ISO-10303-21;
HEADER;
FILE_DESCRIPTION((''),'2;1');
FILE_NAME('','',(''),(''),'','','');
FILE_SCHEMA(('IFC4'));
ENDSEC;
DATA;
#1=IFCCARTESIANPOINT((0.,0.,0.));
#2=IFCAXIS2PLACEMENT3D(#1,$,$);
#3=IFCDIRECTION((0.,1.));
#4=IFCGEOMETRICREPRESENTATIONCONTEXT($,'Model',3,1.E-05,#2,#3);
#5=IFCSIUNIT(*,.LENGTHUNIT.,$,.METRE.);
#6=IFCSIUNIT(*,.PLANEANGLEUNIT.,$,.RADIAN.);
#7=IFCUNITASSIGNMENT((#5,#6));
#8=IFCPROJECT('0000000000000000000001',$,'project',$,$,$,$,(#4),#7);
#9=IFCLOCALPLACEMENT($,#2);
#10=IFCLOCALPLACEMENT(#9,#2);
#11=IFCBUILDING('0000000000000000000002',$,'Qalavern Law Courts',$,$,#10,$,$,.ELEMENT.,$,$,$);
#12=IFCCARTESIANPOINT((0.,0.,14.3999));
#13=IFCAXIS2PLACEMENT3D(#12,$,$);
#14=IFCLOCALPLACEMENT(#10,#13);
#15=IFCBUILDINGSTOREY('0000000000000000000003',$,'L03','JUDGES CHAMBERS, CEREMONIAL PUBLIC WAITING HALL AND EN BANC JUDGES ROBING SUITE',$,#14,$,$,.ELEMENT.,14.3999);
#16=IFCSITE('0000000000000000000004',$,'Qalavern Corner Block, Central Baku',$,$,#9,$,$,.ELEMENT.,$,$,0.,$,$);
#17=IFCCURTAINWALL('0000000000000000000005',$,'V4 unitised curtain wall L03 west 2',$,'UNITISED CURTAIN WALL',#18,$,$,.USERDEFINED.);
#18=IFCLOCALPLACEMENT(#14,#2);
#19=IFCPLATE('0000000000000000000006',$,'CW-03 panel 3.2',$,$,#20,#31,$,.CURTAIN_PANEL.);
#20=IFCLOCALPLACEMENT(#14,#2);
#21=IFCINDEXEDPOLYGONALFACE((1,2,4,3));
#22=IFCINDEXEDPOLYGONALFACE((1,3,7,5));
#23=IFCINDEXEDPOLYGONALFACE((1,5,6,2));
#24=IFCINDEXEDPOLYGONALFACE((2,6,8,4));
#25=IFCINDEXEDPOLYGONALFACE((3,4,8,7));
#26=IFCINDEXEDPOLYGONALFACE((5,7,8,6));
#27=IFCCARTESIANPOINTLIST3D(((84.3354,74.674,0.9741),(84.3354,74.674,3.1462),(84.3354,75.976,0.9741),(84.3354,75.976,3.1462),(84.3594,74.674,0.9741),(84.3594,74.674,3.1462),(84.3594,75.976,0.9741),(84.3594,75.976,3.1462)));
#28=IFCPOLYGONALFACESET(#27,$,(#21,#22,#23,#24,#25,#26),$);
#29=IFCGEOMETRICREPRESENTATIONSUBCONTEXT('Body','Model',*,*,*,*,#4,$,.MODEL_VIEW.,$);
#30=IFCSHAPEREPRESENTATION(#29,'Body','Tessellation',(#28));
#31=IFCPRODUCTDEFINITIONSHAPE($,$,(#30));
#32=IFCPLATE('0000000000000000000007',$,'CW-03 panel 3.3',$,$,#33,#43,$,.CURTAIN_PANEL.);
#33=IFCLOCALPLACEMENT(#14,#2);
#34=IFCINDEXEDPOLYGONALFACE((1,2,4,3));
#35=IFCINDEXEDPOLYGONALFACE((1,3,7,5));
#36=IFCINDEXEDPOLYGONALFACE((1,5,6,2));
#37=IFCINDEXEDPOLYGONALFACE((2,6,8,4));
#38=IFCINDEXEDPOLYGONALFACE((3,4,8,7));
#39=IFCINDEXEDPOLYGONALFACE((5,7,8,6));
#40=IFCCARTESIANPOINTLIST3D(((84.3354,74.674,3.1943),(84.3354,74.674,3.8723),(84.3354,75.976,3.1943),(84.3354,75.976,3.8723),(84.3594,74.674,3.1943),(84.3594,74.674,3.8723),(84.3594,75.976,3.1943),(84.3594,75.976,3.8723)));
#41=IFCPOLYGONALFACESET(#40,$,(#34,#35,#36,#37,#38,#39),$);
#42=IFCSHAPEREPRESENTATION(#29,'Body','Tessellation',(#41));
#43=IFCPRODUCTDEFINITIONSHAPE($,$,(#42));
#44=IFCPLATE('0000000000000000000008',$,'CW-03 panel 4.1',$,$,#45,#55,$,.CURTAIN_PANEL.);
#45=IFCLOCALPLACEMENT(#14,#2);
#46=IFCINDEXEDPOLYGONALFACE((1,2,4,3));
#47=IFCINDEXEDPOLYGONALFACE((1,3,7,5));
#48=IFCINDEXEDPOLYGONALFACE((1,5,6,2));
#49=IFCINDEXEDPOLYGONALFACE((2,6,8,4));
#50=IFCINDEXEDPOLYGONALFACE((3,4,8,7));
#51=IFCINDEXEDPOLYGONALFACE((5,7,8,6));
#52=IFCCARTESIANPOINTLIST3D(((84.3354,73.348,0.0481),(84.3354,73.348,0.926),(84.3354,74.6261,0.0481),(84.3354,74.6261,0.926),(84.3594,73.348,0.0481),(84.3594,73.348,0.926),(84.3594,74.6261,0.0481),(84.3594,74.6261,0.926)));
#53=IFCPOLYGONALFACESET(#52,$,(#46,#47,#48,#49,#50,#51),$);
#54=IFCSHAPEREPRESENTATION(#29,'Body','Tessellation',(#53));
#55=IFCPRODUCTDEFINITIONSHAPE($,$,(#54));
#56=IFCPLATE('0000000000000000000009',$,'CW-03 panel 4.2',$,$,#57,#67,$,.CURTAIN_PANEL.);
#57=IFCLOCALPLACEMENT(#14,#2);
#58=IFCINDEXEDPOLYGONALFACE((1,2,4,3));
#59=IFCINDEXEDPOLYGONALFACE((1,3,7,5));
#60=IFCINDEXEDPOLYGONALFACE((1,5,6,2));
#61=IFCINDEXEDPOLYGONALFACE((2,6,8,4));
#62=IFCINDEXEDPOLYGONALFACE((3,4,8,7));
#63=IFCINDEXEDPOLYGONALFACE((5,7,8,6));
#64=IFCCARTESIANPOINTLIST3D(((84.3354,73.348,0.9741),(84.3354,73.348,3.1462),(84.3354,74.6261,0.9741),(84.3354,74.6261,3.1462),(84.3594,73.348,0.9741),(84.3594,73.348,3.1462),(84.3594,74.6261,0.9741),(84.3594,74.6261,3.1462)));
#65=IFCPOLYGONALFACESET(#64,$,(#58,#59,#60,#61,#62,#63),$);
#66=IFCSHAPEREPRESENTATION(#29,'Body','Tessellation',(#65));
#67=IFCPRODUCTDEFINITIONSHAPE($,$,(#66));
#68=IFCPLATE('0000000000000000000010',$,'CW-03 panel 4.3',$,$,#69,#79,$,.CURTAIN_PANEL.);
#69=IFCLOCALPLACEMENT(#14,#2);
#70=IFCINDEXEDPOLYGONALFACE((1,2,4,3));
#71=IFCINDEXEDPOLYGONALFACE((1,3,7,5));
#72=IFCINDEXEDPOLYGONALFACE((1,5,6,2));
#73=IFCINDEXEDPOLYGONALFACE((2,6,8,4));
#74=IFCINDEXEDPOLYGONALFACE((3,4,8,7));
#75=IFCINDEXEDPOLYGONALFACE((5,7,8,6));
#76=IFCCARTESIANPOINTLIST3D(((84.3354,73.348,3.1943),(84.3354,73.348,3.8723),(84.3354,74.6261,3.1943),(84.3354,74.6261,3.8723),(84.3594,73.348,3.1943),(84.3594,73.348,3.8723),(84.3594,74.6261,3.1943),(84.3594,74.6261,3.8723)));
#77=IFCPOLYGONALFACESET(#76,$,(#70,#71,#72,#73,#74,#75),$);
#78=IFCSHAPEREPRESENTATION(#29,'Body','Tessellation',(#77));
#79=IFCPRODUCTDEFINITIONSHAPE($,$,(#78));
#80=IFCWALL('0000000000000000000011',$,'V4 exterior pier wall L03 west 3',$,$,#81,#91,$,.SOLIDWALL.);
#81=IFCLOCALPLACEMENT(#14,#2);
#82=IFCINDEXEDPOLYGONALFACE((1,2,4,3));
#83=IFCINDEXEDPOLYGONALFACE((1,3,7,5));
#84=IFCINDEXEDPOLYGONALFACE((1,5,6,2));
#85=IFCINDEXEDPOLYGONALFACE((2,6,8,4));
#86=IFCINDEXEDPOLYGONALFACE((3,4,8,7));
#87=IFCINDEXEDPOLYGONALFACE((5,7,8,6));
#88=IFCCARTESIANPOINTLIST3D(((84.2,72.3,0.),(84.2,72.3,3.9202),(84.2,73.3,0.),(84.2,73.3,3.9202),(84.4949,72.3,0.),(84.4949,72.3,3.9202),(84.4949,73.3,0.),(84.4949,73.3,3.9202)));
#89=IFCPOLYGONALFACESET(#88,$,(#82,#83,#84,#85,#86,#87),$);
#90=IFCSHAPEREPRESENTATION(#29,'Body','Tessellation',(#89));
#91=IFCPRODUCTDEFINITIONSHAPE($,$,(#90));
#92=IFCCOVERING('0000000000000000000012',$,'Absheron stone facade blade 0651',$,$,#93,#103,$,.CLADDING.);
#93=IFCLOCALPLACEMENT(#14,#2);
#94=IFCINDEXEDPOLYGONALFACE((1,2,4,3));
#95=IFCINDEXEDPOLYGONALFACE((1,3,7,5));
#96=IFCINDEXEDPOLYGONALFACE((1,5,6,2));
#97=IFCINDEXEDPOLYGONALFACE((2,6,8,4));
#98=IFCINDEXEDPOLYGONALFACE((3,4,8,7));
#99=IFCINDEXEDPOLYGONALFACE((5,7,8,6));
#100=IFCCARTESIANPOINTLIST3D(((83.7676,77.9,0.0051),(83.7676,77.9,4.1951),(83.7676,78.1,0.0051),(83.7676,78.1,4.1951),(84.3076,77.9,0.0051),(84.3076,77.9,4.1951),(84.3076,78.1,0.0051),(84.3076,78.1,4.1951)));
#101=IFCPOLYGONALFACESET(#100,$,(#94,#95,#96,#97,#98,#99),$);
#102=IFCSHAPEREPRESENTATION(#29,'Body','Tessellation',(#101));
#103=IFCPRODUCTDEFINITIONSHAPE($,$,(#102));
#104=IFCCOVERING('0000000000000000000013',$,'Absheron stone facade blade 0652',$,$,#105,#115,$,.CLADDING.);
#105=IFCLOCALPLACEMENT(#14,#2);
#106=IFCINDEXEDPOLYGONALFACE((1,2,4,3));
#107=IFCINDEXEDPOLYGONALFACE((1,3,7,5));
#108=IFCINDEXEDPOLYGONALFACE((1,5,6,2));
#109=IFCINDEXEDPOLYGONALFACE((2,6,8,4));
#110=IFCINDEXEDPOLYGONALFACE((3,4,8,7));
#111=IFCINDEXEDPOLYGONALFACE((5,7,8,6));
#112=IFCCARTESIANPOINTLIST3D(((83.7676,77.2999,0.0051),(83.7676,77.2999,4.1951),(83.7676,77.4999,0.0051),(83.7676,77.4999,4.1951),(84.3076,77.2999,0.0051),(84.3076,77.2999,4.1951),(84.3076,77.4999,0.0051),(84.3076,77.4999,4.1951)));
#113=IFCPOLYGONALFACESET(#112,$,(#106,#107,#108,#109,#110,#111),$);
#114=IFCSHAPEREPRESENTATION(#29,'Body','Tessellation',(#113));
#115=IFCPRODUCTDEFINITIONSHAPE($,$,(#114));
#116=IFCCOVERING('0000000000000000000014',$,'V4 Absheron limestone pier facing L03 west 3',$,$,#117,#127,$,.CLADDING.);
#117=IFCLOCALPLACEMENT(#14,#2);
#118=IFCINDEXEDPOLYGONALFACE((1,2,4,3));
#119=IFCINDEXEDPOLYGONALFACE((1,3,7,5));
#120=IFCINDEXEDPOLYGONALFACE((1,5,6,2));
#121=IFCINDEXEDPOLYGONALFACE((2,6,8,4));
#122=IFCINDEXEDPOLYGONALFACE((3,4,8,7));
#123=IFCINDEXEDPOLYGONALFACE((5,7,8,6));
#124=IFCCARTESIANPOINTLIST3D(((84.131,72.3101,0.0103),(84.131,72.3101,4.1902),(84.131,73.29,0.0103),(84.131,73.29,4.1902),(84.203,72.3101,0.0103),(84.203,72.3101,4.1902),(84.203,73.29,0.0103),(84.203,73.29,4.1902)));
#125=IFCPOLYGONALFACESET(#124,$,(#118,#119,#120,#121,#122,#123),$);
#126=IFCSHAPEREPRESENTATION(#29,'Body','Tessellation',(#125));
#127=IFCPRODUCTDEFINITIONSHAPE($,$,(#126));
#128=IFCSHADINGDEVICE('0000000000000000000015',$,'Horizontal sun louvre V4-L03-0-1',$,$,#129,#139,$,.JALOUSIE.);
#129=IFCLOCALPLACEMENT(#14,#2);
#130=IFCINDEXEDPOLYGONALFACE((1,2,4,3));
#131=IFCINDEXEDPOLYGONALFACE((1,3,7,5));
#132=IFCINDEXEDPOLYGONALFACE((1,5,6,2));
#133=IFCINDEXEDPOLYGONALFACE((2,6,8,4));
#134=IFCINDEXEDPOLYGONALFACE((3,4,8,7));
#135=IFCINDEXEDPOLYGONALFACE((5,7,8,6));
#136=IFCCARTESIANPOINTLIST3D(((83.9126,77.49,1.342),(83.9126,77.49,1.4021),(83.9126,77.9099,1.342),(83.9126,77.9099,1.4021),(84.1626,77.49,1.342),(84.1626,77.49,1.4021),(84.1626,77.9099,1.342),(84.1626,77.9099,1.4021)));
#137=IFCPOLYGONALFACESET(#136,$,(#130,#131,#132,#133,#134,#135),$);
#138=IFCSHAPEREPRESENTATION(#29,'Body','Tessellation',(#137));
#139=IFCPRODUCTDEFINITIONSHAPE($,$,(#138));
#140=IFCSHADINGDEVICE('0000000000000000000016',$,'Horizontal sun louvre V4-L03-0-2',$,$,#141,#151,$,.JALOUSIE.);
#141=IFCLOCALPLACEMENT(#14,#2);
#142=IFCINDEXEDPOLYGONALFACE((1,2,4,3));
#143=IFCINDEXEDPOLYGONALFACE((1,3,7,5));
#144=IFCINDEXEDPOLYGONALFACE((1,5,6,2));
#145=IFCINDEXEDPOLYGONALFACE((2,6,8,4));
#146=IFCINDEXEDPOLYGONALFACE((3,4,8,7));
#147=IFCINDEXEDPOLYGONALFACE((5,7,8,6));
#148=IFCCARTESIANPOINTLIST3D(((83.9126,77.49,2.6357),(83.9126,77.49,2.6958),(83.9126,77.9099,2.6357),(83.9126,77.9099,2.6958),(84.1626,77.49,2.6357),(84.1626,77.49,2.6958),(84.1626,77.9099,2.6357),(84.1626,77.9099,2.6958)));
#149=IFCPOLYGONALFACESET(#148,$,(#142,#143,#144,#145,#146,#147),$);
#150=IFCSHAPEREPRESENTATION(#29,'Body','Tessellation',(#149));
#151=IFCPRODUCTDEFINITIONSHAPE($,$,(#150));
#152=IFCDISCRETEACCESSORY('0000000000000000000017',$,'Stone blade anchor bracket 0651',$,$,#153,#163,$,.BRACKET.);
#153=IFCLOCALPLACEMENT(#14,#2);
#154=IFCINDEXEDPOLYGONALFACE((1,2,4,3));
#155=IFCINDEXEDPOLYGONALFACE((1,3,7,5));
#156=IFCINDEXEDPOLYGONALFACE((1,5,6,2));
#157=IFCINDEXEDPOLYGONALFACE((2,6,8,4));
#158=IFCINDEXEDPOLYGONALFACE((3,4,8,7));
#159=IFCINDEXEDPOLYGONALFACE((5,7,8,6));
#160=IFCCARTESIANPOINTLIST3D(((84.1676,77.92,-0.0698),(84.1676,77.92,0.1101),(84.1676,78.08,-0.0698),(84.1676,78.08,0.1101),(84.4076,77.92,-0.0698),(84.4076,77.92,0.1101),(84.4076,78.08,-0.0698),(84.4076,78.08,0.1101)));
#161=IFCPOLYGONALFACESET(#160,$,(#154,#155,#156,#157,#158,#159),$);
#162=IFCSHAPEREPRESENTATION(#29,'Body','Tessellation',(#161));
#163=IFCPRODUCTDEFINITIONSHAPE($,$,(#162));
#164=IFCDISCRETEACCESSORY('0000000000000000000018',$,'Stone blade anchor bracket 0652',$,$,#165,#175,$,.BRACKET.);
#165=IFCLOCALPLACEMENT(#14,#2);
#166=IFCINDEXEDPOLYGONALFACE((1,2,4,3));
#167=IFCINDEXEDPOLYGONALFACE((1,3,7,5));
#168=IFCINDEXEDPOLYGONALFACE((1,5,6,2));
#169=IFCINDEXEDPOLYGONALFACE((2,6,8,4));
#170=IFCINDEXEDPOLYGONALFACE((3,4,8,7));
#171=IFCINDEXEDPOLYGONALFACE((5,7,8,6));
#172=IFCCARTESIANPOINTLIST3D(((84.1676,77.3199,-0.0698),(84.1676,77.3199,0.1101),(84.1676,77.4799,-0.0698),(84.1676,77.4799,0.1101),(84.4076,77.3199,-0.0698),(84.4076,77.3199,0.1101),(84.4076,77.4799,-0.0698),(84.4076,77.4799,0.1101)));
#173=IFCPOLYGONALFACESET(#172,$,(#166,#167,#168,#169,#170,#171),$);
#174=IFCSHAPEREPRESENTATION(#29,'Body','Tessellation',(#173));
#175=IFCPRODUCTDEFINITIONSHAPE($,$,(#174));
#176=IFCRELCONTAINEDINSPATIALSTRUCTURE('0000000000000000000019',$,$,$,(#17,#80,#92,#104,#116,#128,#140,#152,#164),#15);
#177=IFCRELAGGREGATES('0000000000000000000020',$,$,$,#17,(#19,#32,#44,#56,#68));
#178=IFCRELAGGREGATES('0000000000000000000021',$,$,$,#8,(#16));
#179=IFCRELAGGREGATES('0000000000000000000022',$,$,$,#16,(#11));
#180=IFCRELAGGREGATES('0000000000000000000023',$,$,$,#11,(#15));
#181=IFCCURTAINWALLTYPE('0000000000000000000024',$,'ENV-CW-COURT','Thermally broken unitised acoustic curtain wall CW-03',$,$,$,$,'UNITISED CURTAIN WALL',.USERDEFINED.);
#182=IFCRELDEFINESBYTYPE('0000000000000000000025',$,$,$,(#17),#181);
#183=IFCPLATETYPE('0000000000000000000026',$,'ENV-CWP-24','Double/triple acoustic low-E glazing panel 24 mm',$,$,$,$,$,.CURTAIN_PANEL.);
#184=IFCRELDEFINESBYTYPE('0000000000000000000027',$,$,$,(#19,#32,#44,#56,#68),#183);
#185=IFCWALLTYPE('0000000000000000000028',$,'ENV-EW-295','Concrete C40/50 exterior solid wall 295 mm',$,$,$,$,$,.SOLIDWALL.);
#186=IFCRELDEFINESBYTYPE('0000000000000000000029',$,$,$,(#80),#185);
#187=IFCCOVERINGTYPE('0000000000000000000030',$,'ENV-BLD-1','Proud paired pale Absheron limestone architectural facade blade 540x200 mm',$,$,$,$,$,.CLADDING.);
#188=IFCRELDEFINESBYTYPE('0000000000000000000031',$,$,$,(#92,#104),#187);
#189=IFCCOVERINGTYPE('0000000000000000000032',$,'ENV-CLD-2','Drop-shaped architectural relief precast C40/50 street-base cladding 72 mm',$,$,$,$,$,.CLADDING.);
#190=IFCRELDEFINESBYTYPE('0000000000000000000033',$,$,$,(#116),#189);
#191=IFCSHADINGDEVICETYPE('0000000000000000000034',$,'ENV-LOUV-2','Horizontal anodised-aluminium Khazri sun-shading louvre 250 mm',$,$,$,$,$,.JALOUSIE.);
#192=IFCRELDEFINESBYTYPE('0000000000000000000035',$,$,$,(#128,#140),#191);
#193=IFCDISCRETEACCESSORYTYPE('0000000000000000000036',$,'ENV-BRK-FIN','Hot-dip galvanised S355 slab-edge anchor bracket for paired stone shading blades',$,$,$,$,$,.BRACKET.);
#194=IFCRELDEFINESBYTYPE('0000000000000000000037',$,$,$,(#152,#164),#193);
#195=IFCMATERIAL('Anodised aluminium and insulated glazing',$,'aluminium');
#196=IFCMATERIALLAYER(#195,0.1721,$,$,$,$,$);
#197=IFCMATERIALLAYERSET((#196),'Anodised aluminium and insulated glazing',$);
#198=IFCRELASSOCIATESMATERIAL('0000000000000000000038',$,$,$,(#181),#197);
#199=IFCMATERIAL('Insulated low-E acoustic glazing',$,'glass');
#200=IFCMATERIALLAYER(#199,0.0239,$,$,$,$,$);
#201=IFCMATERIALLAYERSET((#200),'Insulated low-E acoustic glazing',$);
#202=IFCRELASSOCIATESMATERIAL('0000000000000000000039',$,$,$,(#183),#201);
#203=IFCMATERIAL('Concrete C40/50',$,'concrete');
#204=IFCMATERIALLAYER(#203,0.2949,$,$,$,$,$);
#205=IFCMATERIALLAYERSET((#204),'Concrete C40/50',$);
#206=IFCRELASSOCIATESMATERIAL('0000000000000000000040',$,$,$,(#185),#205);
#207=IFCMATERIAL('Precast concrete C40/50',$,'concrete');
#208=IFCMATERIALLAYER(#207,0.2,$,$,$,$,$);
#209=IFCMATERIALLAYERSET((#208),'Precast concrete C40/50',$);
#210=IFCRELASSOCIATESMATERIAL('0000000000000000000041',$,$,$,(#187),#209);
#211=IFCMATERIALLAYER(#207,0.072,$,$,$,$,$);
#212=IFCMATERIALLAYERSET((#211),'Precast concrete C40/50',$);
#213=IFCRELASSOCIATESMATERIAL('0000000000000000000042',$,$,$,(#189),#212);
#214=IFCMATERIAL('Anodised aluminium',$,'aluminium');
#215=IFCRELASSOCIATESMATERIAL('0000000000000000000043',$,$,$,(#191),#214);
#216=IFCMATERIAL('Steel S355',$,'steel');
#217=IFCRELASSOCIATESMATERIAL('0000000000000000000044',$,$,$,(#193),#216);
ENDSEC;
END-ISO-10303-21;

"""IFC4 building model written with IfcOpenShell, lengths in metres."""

from ifc_helpers import new_model, si_unit, direction, frame, frame_2d, origin, origin_2d, place, context, subcontext, project, spatial, rectangle, extrude, material, layer, layer_set, type_object, element, aggregate, save


model = new_model("IFC4")

# Units and contexts
model_context = context("Model", 3, precision=1e-05, world=origin(), true_north=direction((0.0, 1.0)))
body_context = subcontext(model_context, "Body", "Model", "MODEL_VIEW")
ifc_project = project(units=[si_unit("LENGTHUNIT", "METRE"), si_unit("PLANEANGLEUNIT", "RADIAN")], contexts=[model_context])

# Site, building, storey
site_placement = place(None, origin())
site = spatial("IfcSite", under=ifc_project, at=site_placement, Name="Qalavern Corner Block, Central Baku", CompositionType="ELEMENT", RefElevation=0.0)
building_placement = place(site_placement, origin())
building = spatial("IfcBuilding", under=site, at=building_placement, Name="Qalavern Law Courts", CompositionType="ELEMENT")
storey_placement = place(building_placement, frame((0.0, 0.0, 14.3999)))
storey = spatial("IfcBuildingStorey", under=building, at=storey_placement, Name="L03", Description="JUDGES CHAMBERS, CEREMONIAL PUBLIC WAITING HALL AND EN BANC JUDGES ROBING SUITE", CompositionType="ELEMENT", Elevation=14.3999)

# Curtain wall, plates
ifc_material_1 = material(Name="Anodised aluminium and insulated glazing", Category="aluminium")
ifc_layer_1 = layer(ifc_material_1, 0.1721)
ifc_layer_set_1 = layer_set([ifc_layer_1], Name="Anodised aluminium and insulated glazing")
curtain_wall_type = type_object("IfcCurtainWallType", Name="ENV-CW-COURT", Description="Thermally broken unitised acoustic curtain wall CW-03", ElementType="UNITISED CURTAIN WALL", PredefinedType="USERDEFINED", material=ifc_layer_set_1)
curtain_wall_placement = place(storey_placement, origin())
curtain_wall = element("IfcCurtainWall", 1, at=curtain_wall_placement, inside=storey, type_object=curtain_wall_type, Name="V4 unitised curtain wall L03 west 2", ObjectType="UNITISED CURTAIN WALL", PredefinedType="USERDEFINED")
ifc_material_2 = material(Name="Anodised aluminium", Category="aluminium")
ifc_material_3 = material(Name="Insulated low-E acoustic glazing", Category="glass")
ifc_layer_2 = layer(ifc_material_3, 0.0239)
ifc_layer_set_2 = layer_set([ifc_layer_2], Name="Insulated low-E acoustic glazing")
plate_type = type_object("IfcPlateType", Name="ENV-CWP-24", Description="Double/triple acoustic low-E glazing panel 24 mm", PredefinedType="CURTAIN_PANEL", material=ifc_layer_set_2)
plate_1_placement = place(storey_placement, frame((84.3474, 75.325, 0.9741), z_axis=(0.0, 0.0, 1.0), x_axis=(0.0, -1.0, 0.0)))
plate_1 = element("IfcPlate", 2, at=plate_1_placement, type_object=plate_type, Name="CW-03 panel 3.2", PredefinedType="CURTAIN_PANEL", context=body_context, shape_type="SweptSolid", body=[
    extrude(rectangle(XDim=1.302, YDim=0.0239, at=origin_2d()), origin(), (0.0, 0.0, 1.0), 2.1721),
])
plate_2_placement = place(storey_placement, frame((84.3474, 75.325, 3.1943), z_axis=(0.0, 0.0, 1.0), x_axis=(0.0, -1.0, 0.0)))
plate_2 = element("IfcPlate", 3, at=plate_2_placement, type_object=plate_type, Name="CW-03 panel 3.3", PredefinedType="CURTAIN_PANEL", context=body_context, shape_type="SweptSolid", body=[
    extrude(rectangle(XDim=1.302, YDim=0.0239, at=origin_2d()), origin(), (0.0, 0.0, 1.0), 0.678),
])
plate_3_placement = place(storey_placement, frame((84.3474, 73.9871, 0.0481), z_axis=(0.0, 0.0, 1.0), x_axis=(0.0, -1.0, 0.0)))
plate_3 = element("IfcPlate", 4, at=plate_3_placement, type_object=plate_type, Name="CW-03 panel 4.1", PredefinedType="CURTAIN_PANEL", context=body_context, shape_type="SweptSolid", body=[
    extrude(rectangle(XDim=1.2781, YDim=0.0239, at=origin_2d()), origin(), (0.0, 0.0, 1.0), 0.8779),
])
plate_4_placement = place(storey_placement, frame((84.3474, 73.9871, 0.9741), z_axis=(0.0, 0.0, 1.0), x_axis=(0.0, -1.0, 0.0)))
plate_4 = element("IfcPlate", 5, at=plate_4_placement, type_object=plate_type, Name="CW-03 panel 4.2", PredefinedType="CURTAIN_PANEL", context=body_context, shape_type="SweptSolid", body=[
    extrude(rectangle(XDim=1.2781, YDim=0.0239, at=origin_2d()), origin(), (0.0, 0.0, 1.0), 2.1721),
])
plate_5_placement = place(storey_placement, frame((84.3474, 73.9871, 3.1943), z_axis=(0.0, 0.0, 1.0), x_axis=(0.0, -1.0, 0.0)))
plate_5 = element("IfcPlate", 6, at=plate_5_placement, type_object=plate_type, Name="CW-03 panel 4.3", PredefinedType="CURTAIN_PANEL", context=body_context, shape_type="SweptSolid", body=[
    extrude(rectangle(XDim=1.2781, YDim=0.0239, at=origin_2d()), origin(), (0.0, 0.0, 1.0), 0.678),
])
aggregate(curtain_wall, [plate_1, plate_2, plate_3, plate_4, plate_5])

# Wall
ifc_material_4 = material(Name="Concrete C40/50", Category="concrete")
ifc_layer_3 = layer(ifc_material_4, 0.2949)
ifc_layer_set_3 = layer_set([ifc_layer_3], Name="Concrete C40/50")
wall_type = type_object("IfcWallType", Name="ENV-EW-295", Description="Concrete C40/50 exterior solid wall 295 mm", PredefinedType="SOLIDWALL", material=ifc_layer_set_3)
wall_placement = place(storey_placement, frame((84.3474, 73.3, 0.0), z_axis=(0.0, 0.0, 1.0), x_axis=(0.0, -1.0, 0.0)))
element("IfcWall", 7, at=wall_placement, inside=storey, type_object=wall_type, Name="V4 exterior pier wall L03 west 3", PredefinedType="SOLIDWALL", context=body_context, shape_type="SweptSolid", body=[
    extrude(rectangle(XDim=1.0, YDim=0.2949, at=frame_2d((0.5, 0.0))), origin(), (0.0, 0.0, 1.0), 3.9202),
])

# Coverings
ifc_material_5 = material(Name="Precast concrete C40/50", Category="concrete")
ifc_layer_4 = layer(ifc_material_5, 0.2)
ifc_layer_set_4 = layer_set([ifc_layer_4], Name="Precast concrete C40/50")
covering_type_1 = type_object("IfcCoveringType", Name="ENV-BLD-1", Description="Proud paired pale Absheron limestone architectural facade blade 540x200 mm", PredefinedType="CLADDING", material=ifc_layer_set_4)
for number, where, z_axis, x_axis, name in (
    (8, (84.0376, 78.0, 0.0051), (0.0, 0.0, 1.0), (-1.0, 0.0, 0.0), "Absheron stone facade blade 0651"),
    (9, (84.0376, 77.3999, 0.0051), (0.0, 0.0, 1.0), (-1.0, 0.0, 0.0), "Absheron stone facade blade 0652"),
):
    element("IfcCovering", number, at=place(storey_placement, frame(where, z_axis=z_axis, x_axis=x_axis)), inside=storey, type_object=covering_type_1, Name=name, PredefinedType="CLADDING", context=body_context, shape_type="SweptSolid", body=[
        extrude(rectangle(XDim=0.54, YDim=0.2, at=origin_2d()), origin(), (0.0, 0.0, 1.0), 4.1899),
    ])
ifc_layer_5 = layer(ifc_material_5, 0.072)
ifc_layer_set_5 = layer_set([ifc_layer_5], Name="Precast concrete C40/50")
covering_type_2 = type_object("IfcCoveringType", Name="ENV-CLD-2", Description="Drop-shaped architectural relief precast C40/50 street-base cladding 72 mm", PredefinedType="CLADDING", material=ifc_layer_set_5)
covering_placement = place(storey_placement, frame((84.167, 72.8, 0.0103), z_axis=(0.0, 0.0, 1.0), x_axis=(0.0, -1.0, 0.0)))
element("IfcCovering", 10, at=covering_placement, inside=storey, type_object=covering_type_2, Name="V4 Absheron limestone pier facing L03 west 3", PredefinedType="CLADDING", context=body_context, shape_type="SweptSolid", body=[
    extrude(rectangle(XDim=0.98, YDim=0.072, at=origin_2d()), origin(), (0.0, 0.0, 1.0), 4.1799),
])

# Shading devices
shading_device_type = type_object("IfcShadingDeviceType", Name="ENV-LOUV-2", Description="Horizontal anodised-aluminium Khazri sun-shading louvre 250 mm", PredefinedType="JALOUSIE", material=ifc_material_2)
for number, where, z_axis, x_axis, name in (
    (11, (84.0376, 77.7, 1.342), (0.0, 0.0, 1.0), (0.0, -1.0, 0.0), "Horizontal sun louvre V4-L03-0-1"),
    (12, (84.0376, 77.7, 2.6357), (0.0, 0.0, 1.0), (0.0, -1.0, 0.0), "Horizontal sun louvre V4-L03-0-2"),
):
    element("IfcShadingDevice", number, at=place(storey_placement, frame(where, z_axis=z_axis, x_axis=x_axis)), inside=storey, type_object=shading_device_type, Name=name, PredefinedType="JALOUSIE", context=body_context, shape_type="SweptSolid", body=[
        extrude(rectangle(XDim=0.4199, YDim=0.25, at=origin_2d()), origin(), (0.0, 0.0, 1.0), 0.0601),
    ])

# Discrete accessories
ifc_material_6 = material(Name="Steel S355", Category="steel")
discrete_accessory_type = type_object("IfcDiscreteAccessoryType", Name="ENV-BRK-FIN", Description="Hot-dip galvanised S355 slab-edge anchor bracket for paired stone shading blades", PredefinedType="BRACKET", material=ifc_material_6)
for number, where, z_axis, x_axis, name in (
    (13, (84.2876, 78.0, -0.0698), (0.0, 0.0, 1.0), (-1.0, 0.0, 0.0), "Stone blade anchor bracket 0651"),
    (14, (84.2876, 77.3999, -0.0698), (0.0, 0.0, 1.0), (-1.0, 0.0, 0.0), "Stone blade anchor bracket 0652"),
):
    element("IfcDiscreteAccessory", number, at=place(storey_placement, frame(where, z_axis=z_axis, x_axis=x_axis)), inside=storey, type_object=discrete_accessory_type, Name=name, PredefinedType="BRACKET", context=body_context, shape_type="SweptSolid", body=[
        extrude(rectangle(XDim=0.24, YDim=0.1599, at=origin_2d()), origin(), (0.0, 0.0, 1.0), 0.1799),
    ])

save(model, "model.ifc")
